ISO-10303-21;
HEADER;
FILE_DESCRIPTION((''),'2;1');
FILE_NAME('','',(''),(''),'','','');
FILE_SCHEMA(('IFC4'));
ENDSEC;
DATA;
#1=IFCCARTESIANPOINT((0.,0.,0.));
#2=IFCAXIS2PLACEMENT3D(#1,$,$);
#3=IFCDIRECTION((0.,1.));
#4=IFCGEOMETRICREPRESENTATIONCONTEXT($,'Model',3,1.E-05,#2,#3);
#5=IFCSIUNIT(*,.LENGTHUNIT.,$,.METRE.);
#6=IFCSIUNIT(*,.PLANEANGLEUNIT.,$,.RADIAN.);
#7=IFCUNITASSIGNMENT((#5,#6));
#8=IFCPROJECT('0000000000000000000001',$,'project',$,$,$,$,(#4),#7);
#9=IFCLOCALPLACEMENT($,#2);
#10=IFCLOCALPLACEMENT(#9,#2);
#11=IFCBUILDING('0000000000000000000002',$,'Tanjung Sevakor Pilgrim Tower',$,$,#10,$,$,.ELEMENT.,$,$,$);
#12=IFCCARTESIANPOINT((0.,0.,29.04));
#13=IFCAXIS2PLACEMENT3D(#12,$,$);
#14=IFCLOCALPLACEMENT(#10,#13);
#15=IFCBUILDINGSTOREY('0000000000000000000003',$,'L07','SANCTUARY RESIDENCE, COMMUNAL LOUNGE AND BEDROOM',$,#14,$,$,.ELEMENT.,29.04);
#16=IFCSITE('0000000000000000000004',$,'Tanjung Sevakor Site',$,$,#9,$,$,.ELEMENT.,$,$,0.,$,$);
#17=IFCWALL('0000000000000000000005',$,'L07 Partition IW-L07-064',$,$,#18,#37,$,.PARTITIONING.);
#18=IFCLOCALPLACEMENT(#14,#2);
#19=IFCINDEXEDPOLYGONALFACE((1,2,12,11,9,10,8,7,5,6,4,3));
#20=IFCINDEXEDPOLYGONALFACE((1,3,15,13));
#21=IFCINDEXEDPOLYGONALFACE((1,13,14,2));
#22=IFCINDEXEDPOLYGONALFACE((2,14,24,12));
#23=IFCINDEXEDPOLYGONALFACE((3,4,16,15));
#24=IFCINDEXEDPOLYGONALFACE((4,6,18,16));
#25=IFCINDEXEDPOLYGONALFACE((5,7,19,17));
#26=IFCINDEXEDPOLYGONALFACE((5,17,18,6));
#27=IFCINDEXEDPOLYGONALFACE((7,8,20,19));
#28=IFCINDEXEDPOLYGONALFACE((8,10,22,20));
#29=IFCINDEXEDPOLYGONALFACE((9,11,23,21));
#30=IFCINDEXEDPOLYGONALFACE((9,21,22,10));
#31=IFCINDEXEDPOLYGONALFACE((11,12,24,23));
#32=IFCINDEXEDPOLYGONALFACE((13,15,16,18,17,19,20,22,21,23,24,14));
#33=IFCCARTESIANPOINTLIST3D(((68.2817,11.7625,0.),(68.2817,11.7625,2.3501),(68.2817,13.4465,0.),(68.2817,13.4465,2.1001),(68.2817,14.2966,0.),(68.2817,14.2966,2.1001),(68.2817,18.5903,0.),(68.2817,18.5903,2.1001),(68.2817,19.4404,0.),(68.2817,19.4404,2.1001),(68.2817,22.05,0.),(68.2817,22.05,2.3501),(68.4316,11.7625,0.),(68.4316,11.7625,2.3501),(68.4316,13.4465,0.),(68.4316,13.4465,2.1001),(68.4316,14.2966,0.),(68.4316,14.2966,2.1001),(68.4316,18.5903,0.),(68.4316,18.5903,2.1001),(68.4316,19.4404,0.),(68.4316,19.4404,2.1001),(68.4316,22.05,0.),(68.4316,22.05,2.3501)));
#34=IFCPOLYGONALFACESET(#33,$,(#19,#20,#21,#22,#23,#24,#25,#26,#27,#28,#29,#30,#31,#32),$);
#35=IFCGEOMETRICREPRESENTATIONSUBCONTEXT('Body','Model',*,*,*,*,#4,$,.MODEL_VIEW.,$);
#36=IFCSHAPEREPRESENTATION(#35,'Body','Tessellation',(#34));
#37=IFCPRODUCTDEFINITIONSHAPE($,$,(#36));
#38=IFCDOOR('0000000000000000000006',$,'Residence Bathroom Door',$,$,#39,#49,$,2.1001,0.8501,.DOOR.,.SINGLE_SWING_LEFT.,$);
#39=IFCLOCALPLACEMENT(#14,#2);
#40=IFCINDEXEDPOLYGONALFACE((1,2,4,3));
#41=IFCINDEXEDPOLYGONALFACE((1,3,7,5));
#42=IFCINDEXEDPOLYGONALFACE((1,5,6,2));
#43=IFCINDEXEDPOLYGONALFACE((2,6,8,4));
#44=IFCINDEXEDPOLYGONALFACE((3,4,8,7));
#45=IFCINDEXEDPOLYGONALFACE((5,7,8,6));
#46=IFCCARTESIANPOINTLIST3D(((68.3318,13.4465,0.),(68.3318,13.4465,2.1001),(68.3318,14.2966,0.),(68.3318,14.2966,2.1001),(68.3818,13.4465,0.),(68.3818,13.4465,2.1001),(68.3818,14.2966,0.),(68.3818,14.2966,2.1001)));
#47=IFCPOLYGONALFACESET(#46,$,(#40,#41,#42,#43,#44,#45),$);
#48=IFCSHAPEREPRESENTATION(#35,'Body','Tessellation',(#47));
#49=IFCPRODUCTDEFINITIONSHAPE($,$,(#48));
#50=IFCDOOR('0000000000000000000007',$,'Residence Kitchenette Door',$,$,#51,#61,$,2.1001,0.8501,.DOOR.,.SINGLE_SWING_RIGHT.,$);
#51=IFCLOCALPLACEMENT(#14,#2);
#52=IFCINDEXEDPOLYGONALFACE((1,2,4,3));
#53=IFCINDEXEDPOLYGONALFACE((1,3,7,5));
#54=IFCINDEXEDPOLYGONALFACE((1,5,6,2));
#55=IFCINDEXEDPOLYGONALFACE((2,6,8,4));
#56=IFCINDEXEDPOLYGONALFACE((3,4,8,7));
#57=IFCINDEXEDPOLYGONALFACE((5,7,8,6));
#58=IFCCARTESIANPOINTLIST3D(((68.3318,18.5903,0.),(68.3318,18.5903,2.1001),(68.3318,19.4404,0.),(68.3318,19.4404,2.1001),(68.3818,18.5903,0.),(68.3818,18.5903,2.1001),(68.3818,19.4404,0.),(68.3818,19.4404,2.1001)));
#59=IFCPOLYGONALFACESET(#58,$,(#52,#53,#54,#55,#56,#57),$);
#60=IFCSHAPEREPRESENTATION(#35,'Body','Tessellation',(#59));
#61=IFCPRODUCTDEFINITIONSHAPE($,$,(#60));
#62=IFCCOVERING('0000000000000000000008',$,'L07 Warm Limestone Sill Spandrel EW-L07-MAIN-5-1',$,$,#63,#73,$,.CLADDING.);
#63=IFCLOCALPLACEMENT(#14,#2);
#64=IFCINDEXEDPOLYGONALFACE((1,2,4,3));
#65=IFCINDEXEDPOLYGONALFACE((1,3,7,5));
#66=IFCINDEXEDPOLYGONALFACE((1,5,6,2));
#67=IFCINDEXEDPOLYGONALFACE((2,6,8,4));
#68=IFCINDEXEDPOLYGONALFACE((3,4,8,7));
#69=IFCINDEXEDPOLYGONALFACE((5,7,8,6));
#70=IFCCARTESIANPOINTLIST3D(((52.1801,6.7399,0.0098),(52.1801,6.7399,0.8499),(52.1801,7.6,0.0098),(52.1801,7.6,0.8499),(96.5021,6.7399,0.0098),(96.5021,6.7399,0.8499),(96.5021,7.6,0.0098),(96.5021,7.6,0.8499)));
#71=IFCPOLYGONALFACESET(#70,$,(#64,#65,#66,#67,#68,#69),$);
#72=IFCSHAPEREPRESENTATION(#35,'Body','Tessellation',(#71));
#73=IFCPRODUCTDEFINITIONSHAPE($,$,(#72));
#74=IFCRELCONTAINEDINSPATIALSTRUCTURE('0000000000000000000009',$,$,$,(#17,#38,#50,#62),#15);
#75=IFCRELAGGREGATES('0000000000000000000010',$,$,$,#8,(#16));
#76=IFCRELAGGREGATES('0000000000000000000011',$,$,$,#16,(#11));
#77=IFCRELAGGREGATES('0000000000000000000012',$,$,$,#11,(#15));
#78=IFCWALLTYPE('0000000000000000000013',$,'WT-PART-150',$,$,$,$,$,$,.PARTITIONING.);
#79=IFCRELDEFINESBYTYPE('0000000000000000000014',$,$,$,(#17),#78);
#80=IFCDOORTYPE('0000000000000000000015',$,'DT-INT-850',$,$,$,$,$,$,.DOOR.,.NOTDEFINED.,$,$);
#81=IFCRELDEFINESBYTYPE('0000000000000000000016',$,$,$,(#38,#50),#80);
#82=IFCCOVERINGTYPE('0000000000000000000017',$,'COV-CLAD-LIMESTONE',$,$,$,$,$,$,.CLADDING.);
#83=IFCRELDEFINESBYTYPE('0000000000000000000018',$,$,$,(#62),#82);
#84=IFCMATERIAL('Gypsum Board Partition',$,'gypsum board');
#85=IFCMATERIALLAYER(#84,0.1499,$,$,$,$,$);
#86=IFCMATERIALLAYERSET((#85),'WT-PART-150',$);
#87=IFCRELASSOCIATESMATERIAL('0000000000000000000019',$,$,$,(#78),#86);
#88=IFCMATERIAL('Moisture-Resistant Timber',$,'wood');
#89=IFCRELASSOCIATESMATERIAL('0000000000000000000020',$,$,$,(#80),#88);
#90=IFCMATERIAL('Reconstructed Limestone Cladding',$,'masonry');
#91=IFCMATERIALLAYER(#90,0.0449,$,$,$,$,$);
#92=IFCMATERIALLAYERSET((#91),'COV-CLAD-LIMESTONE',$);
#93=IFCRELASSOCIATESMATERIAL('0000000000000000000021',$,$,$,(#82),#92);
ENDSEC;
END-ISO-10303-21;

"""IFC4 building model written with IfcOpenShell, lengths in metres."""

from ifc_helpers import new_model, si_unit, direction, frame, frame_2d, origin, origin_2d, place, context, subcontext, project, spatial, rectangle, extrude, material, layer, layer_set, type_object, element, fill, save


model = new_model("IFC4")

# Units and contexts
model_context = context("Model", 3, precision=1e-05, world=origin(), true_north=direction((0.0, 1.0)))
body_context = subcontext(model_context, "Body", "Model", "MODEL_VIEW")
ifc_project = project(units=[si_unit("LENGTHUNIT", "METRE"), si_unit("PLANEANGLEUNIT", "RADIAN")], contexts=[model_context])

# Site, building, storey
site_placement = place(None, origin())
site = spatial("IfcSite", under=ifc_project, at=site_placement, Name="Tanjung Sevakor Site", CompositionType="ELEMENT", RefElevation=0.0)
building_placement = place(site_placement, origin())
building = spatial("IfcBuilding", under=site, at=building_placement, Name="Tanjung Sevakor Pilgrim Tower", CompositionType="ELEMENT")
storey_placement = place(building_placement, frame((0.0, 0.0, 29.04)))
storey = spatial("IfcBuildingStorey", under=building, at=storey_placement, Name="L07", Description="SANCTUARY RESIDENCE, COMMUNAL LOUNGE AND BEDROOM", CompositionType="ELEMENT", Elevation=29.04)

# Shared definitions
ifc_material_1 = material(Name="Gypsum Board Partition", Category="gypsum board")
ifc_layer_1 = layer(ifc_material_1, 0.1499)
ifc_layer_set_1 = layer_set([ifc_layer_1], Name="WT-PART-150")
wall_type_1 = type_object("IfcWallType", Name="WT-PART-150", PredefinedType="PARTITIONING", material=ifc_layer_set_1)

# Wall, openings, doors
wall_1_placement = place(storey_placement, frame((68.3567, 11.7625, 0.0), z_axis=(0.0, 0.0, 1.0), x_axis=(0.0, 1.0, 0.0)))
wall_1 = element("IfcWall", 1, at=wall_1_placement, inside=storey, type_object=wall_type_1, Name="L07 Partition IW-L07-064", PredefinedType="PARTITIONING", context=body_context, shape_type="SweptSolid", body=[
    extrude(rectangle(XDim=10.2876, YDim=0.1499, at=frame_2d((5.1438, 0.0))), origin(), (0.0, 0.0, 1.0), 2.3501),
])
opening_1_placement = place(wall_1_placement, frame((1.6841, 0.0, 0.0)))
opening_1 = element("IfcOpeningElement", 2, at=opening_1_placement, cuts=wall_1, PredefinedType="OPENING", context=body_context, shape_type="SweptSolid", body=[
    extrude(rectangle(XDim=0.8501, YDim=2.1001, at=frame_2d((0.425, 1.05))), frame((0.0, 0.085, 0.0), z_axis=(0.0, -1.0, 0.0), x_axis=(1.0, 0.0, 0.0)), (0.0, 0.0, 1.0), 0.1699),
])
opening_2_placement = place(wall_1_placement, frame((6.8279, 0.0, 0.0)))
opening_2 = element("IfcOpeningElement", 3, at=opening_2_placement, cuts=wall_1, PredefinedType="OPENING", context=body_context, shape_type="SweptSolid", body=[
    extrude(rectangle(XDim=0.8501, YDim=2.1001, at=frame_2d((0.425, 1.05))), frame((0.0, 0.085, 0.0), z_axis=(0.0, -1.0, 0.0), x_axis=(1.0, 0.0, 0.0)), (0.0, 0.0, 1.0), 0.1699),
])
ifc_material_2 = material(Name="Moisture-Resistant Timber", Category="wood")
door_type_1 = type_object("IfcDoorType", Name="DT-INT-850", OperationType="NOTDEFINED", PredefinedType="DOOR", material=ifc_material_2)
door_1_placement = place(opening_1_placement, origin())
door_1 = element("IfcDoor", 4, at=door_1_placement, inside=storey, type_object=door_type_1, Name="Residence Bathroom Door", OperationType="SINGLE_SWING_LEFT", OverallHeight=2.1001, OverallWidth=0.8501, PredefinedType="DOOR", context=body_context, shape_type="SweptSolid", body=[
    extrude(rectangle(XDim=0.8501, YDim=2.1001, at=frame_2d((0.425, 1.05))), frame((0.0, 0.0249, 0.0), z_axis=(0.0, -1.0, 0.0), x_axis=(1.0, 0.0, 0.0)), (0.0, 0.0, 1.0), 0.05),
])
fill(opening_1, door_1)
door_2_placement = place(opening_2_placement, origin())
door_2 = element("IfcDoor", 5, at=door_2_placement, inside=storey, type_object=door_type_1, Name="Residence Kitchenette Door", OperationType="SINGLE_SWING_RIGHT", OverallHeight=2.1001, OverallWidth=0.8501, PredefinedType="DOOR", context=body_context, shape_type="SweptSolid", body=[
    extrude(rectangle(XDim=0.8501, YDim=2.1001, at=frame_2d((0.425, 1.05))), frame((0.0, 0.0249, 0.0), z_axis=(0.0, -1.0, 0.0), x_axis=(1.0, 0.0, 0.0)), (0.0, 0.0, 1.0), 0.05),
])
fill(opening_2, door_2)

# Covering
ifc_material_3 = material(Name="Reconstructed Limestone Cladding", Category="masonry")
ifc_layer_2 = layer(ifc_material_3, 0.0449)
ifc_layer_set_2 = layer_set([ifc_layer_2], Name="COV-CLAD-LIMESTONE")
covering_type = type_object("IfcCoveringType", Name="COV-CLAD-LIMESTONE", PredefinedType="CLADDING", material=ifc_layer_set_2)
covering_placement = place(storey_placement, frame((74.3411, 7.1699, 0.0098), z_axis=(0.0, 0.0, 1.0), x_axis=(1.0, 0.0, 0.0)))
element("IfcCovering", 6, at=covering_placement, inside=storey, type_object=covering_type, Name="L07 Warm Limestone Sill Spandrel EW-L07-MAIN-5-1", PredefinedType="CLADDING", context=body_context, shape_type="SweptSolid", body=[
    extrude(rectangle(XDim=44.322, YDim=0.8601, at=origin_2d()), origin(), (0.0, 0.0, 1.0), 0.8401),
])

save(model, "model.ifc")
